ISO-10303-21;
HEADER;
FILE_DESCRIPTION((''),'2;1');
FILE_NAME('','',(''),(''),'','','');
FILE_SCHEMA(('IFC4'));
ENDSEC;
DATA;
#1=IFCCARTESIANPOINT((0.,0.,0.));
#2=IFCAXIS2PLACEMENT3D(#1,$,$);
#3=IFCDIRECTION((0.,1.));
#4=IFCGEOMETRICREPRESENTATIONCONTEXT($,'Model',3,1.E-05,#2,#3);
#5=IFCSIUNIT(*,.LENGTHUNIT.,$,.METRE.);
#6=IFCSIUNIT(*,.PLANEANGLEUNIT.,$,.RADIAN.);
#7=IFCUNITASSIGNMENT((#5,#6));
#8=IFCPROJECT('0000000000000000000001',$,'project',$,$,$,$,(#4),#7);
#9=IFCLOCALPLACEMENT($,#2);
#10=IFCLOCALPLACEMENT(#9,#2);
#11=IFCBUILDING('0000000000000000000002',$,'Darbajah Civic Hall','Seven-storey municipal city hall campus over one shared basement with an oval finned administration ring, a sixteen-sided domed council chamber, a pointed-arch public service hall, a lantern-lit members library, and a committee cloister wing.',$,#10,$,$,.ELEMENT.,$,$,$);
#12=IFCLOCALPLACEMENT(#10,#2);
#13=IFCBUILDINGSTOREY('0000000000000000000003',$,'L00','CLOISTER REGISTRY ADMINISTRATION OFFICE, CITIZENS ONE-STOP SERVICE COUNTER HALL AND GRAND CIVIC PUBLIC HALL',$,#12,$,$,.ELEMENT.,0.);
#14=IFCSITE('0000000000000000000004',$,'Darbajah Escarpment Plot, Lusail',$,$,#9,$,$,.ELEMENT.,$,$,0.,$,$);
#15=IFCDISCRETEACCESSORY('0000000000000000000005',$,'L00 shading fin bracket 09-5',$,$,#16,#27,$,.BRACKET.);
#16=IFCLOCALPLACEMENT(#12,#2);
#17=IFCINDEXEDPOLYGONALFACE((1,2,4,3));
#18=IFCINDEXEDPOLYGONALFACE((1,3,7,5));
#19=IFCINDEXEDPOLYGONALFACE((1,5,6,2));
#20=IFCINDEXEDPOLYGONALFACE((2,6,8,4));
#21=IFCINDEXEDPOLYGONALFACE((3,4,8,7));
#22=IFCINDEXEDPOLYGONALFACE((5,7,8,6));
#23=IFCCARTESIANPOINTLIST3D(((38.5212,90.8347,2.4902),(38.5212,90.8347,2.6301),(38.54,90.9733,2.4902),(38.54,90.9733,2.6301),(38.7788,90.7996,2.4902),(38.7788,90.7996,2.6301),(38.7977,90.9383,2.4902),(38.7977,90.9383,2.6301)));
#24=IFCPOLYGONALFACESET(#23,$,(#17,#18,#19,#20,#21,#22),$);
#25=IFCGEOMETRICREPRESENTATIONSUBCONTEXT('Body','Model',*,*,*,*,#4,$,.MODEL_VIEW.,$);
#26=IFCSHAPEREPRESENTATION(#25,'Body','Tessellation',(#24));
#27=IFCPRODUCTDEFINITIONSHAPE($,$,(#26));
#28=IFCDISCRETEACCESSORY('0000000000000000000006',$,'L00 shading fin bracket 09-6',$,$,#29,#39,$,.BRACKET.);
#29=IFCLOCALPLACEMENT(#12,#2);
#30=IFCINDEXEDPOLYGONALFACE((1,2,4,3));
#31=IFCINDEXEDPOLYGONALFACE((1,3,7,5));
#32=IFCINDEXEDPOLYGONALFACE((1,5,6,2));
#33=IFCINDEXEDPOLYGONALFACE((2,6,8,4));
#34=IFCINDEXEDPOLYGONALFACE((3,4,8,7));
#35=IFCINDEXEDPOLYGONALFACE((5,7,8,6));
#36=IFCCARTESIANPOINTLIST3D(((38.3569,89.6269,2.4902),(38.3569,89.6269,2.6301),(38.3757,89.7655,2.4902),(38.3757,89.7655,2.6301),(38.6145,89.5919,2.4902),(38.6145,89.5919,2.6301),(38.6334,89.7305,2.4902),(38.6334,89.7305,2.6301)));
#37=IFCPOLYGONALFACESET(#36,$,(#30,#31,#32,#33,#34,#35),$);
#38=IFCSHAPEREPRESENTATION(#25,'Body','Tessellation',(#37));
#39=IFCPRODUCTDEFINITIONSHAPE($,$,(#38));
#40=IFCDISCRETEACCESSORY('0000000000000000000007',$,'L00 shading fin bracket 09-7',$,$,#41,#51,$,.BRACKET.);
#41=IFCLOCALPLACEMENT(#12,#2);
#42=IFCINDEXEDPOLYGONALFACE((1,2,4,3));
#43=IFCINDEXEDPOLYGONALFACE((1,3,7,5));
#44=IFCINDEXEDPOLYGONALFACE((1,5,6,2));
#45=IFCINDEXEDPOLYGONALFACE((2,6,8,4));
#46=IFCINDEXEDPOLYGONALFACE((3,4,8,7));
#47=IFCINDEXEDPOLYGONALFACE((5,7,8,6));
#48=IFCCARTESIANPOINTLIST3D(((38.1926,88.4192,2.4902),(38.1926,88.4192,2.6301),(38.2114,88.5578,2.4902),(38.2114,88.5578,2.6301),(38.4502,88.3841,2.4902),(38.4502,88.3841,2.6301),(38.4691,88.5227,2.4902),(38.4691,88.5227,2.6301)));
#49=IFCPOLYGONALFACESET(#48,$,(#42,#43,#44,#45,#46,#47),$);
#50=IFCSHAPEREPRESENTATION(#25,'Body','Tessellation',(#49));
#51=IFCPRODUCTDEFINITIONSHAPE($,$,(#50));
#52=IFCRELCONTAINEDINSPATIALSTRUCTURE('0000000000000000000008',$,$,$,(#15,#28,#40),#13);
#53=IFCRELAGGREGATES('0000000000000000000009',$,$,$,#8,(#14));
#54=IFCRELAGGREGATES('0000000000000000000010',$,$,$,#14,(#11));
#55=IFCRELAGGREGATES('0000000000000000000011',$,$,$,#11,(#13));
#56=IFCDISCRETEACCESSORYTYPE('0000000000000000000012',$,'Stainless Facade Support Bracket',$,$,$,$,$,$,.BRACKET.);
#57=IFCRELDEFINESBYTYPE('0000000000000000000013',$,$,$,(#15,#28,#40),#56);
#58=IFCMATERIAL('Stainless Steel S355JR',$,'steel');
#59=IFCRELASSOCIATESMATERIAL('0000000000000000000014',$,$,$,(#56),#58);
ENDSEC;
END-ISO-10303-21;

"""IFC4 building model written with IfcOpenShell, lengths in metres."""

from ifc_helpers import new_model, si_unit, direction, frame, origin, origin_2d, place, context, subcontext, project, spatial, rectangle, extrude, material, type_object, element, save


model = new_model("IFC4")

# Units and contexts
model_context = context("Model", 3, precision=1e-05, world=origin(), true_north=direction((0.0, 1.0)))
body_context = subcontext(model_context, "Body", "Model", "MODEL_VIEW")
ifc_project = project(units=[si_unit("LENGTHUNIT", "METRE"), si_unit("PLANEANGLEUNIT", "RADIAN")], contexts=[model_context])

# Site, building, storey
site_placement = place(None, origin())
site = spatial("IfcSite", under=ifc_project, at=site_placement, Name="Darbajah Escarpment Plot, Lusail", CompositionType="ELEMENT", RefElevation=0.0)
building_placement = place(site_placement, origin())
building = spatial("IfcBuilding", under=site, at=building_placement, Name="Darbajah Civic Hall", Description="Seven-storey municipal city hall campus over one shared basement with an oval finned administration ring, a sixteen-sided domed council chamber, a pointed-arch public service hall, a lantern-lit members library, and a committee cloister wing.", CompositionType="ELEMENT")
storey_placement = place(building_placement, origin())
storey = spatial("IfcBuildingStorey", under=building, at=storey_placement, Name="L00", Description="CLOISTER REGISTRY ADMINISTRATION OFFICE, CITIZENS ONE-STOP SERVICE COUNTER HALL AND GRAND CIVIC PUBLIC HALL", CompositionType="ELEMENT", Elevation=0.0)

# Discrete accessories
ifc_material_1 = material(Name="Stainless Steel S355JR", Category="steel")
discrete_accessory_type = type_object("IfcDiscreteAccessoryType", Name="Stainless Facade Support Bracket", PredefinedType="BRACKET", material=ifc_material_1)
for number, where, z_axis, x_axis, name in (
    (1, (38.6594, 90.8865, 2.4902), (0.0, 0.0, 1.0), (-0.990866, 0.134851, 0.0), "L00 shading fin bracket 09-5"),
    (2, (38.4951, 89.6787, 2.4902), (0.0, 0.0, 1.0), (-0.990866, 0.134851, 0.0), "L00 shading fin bracket 09-6"),
    (3, (38.3308, 88.4709, 2.4902), (0.0, 0.0, 1.0), (-0.990866, 0.134851, 0.0), "L00 shading fin bracket 09-7"),
):
    element("IfcDiscreteAccessory", number, at=place(storey_placement, frame(where, z_axis=z_axis, x_axis=x_axis)), inside=storey, type_object=discrete_accessory_type, Name=name, PredefinedType="BRACKET", context=body_context, shape_type="SweptSolid", body=[
        extrude(rectangle(XDim=0.26, YDim=0.1399, at=origin_2d()), origin(), (0.0, 0.0, 1.0), 0.1399),
    ])

save(model, "model.ifc")
